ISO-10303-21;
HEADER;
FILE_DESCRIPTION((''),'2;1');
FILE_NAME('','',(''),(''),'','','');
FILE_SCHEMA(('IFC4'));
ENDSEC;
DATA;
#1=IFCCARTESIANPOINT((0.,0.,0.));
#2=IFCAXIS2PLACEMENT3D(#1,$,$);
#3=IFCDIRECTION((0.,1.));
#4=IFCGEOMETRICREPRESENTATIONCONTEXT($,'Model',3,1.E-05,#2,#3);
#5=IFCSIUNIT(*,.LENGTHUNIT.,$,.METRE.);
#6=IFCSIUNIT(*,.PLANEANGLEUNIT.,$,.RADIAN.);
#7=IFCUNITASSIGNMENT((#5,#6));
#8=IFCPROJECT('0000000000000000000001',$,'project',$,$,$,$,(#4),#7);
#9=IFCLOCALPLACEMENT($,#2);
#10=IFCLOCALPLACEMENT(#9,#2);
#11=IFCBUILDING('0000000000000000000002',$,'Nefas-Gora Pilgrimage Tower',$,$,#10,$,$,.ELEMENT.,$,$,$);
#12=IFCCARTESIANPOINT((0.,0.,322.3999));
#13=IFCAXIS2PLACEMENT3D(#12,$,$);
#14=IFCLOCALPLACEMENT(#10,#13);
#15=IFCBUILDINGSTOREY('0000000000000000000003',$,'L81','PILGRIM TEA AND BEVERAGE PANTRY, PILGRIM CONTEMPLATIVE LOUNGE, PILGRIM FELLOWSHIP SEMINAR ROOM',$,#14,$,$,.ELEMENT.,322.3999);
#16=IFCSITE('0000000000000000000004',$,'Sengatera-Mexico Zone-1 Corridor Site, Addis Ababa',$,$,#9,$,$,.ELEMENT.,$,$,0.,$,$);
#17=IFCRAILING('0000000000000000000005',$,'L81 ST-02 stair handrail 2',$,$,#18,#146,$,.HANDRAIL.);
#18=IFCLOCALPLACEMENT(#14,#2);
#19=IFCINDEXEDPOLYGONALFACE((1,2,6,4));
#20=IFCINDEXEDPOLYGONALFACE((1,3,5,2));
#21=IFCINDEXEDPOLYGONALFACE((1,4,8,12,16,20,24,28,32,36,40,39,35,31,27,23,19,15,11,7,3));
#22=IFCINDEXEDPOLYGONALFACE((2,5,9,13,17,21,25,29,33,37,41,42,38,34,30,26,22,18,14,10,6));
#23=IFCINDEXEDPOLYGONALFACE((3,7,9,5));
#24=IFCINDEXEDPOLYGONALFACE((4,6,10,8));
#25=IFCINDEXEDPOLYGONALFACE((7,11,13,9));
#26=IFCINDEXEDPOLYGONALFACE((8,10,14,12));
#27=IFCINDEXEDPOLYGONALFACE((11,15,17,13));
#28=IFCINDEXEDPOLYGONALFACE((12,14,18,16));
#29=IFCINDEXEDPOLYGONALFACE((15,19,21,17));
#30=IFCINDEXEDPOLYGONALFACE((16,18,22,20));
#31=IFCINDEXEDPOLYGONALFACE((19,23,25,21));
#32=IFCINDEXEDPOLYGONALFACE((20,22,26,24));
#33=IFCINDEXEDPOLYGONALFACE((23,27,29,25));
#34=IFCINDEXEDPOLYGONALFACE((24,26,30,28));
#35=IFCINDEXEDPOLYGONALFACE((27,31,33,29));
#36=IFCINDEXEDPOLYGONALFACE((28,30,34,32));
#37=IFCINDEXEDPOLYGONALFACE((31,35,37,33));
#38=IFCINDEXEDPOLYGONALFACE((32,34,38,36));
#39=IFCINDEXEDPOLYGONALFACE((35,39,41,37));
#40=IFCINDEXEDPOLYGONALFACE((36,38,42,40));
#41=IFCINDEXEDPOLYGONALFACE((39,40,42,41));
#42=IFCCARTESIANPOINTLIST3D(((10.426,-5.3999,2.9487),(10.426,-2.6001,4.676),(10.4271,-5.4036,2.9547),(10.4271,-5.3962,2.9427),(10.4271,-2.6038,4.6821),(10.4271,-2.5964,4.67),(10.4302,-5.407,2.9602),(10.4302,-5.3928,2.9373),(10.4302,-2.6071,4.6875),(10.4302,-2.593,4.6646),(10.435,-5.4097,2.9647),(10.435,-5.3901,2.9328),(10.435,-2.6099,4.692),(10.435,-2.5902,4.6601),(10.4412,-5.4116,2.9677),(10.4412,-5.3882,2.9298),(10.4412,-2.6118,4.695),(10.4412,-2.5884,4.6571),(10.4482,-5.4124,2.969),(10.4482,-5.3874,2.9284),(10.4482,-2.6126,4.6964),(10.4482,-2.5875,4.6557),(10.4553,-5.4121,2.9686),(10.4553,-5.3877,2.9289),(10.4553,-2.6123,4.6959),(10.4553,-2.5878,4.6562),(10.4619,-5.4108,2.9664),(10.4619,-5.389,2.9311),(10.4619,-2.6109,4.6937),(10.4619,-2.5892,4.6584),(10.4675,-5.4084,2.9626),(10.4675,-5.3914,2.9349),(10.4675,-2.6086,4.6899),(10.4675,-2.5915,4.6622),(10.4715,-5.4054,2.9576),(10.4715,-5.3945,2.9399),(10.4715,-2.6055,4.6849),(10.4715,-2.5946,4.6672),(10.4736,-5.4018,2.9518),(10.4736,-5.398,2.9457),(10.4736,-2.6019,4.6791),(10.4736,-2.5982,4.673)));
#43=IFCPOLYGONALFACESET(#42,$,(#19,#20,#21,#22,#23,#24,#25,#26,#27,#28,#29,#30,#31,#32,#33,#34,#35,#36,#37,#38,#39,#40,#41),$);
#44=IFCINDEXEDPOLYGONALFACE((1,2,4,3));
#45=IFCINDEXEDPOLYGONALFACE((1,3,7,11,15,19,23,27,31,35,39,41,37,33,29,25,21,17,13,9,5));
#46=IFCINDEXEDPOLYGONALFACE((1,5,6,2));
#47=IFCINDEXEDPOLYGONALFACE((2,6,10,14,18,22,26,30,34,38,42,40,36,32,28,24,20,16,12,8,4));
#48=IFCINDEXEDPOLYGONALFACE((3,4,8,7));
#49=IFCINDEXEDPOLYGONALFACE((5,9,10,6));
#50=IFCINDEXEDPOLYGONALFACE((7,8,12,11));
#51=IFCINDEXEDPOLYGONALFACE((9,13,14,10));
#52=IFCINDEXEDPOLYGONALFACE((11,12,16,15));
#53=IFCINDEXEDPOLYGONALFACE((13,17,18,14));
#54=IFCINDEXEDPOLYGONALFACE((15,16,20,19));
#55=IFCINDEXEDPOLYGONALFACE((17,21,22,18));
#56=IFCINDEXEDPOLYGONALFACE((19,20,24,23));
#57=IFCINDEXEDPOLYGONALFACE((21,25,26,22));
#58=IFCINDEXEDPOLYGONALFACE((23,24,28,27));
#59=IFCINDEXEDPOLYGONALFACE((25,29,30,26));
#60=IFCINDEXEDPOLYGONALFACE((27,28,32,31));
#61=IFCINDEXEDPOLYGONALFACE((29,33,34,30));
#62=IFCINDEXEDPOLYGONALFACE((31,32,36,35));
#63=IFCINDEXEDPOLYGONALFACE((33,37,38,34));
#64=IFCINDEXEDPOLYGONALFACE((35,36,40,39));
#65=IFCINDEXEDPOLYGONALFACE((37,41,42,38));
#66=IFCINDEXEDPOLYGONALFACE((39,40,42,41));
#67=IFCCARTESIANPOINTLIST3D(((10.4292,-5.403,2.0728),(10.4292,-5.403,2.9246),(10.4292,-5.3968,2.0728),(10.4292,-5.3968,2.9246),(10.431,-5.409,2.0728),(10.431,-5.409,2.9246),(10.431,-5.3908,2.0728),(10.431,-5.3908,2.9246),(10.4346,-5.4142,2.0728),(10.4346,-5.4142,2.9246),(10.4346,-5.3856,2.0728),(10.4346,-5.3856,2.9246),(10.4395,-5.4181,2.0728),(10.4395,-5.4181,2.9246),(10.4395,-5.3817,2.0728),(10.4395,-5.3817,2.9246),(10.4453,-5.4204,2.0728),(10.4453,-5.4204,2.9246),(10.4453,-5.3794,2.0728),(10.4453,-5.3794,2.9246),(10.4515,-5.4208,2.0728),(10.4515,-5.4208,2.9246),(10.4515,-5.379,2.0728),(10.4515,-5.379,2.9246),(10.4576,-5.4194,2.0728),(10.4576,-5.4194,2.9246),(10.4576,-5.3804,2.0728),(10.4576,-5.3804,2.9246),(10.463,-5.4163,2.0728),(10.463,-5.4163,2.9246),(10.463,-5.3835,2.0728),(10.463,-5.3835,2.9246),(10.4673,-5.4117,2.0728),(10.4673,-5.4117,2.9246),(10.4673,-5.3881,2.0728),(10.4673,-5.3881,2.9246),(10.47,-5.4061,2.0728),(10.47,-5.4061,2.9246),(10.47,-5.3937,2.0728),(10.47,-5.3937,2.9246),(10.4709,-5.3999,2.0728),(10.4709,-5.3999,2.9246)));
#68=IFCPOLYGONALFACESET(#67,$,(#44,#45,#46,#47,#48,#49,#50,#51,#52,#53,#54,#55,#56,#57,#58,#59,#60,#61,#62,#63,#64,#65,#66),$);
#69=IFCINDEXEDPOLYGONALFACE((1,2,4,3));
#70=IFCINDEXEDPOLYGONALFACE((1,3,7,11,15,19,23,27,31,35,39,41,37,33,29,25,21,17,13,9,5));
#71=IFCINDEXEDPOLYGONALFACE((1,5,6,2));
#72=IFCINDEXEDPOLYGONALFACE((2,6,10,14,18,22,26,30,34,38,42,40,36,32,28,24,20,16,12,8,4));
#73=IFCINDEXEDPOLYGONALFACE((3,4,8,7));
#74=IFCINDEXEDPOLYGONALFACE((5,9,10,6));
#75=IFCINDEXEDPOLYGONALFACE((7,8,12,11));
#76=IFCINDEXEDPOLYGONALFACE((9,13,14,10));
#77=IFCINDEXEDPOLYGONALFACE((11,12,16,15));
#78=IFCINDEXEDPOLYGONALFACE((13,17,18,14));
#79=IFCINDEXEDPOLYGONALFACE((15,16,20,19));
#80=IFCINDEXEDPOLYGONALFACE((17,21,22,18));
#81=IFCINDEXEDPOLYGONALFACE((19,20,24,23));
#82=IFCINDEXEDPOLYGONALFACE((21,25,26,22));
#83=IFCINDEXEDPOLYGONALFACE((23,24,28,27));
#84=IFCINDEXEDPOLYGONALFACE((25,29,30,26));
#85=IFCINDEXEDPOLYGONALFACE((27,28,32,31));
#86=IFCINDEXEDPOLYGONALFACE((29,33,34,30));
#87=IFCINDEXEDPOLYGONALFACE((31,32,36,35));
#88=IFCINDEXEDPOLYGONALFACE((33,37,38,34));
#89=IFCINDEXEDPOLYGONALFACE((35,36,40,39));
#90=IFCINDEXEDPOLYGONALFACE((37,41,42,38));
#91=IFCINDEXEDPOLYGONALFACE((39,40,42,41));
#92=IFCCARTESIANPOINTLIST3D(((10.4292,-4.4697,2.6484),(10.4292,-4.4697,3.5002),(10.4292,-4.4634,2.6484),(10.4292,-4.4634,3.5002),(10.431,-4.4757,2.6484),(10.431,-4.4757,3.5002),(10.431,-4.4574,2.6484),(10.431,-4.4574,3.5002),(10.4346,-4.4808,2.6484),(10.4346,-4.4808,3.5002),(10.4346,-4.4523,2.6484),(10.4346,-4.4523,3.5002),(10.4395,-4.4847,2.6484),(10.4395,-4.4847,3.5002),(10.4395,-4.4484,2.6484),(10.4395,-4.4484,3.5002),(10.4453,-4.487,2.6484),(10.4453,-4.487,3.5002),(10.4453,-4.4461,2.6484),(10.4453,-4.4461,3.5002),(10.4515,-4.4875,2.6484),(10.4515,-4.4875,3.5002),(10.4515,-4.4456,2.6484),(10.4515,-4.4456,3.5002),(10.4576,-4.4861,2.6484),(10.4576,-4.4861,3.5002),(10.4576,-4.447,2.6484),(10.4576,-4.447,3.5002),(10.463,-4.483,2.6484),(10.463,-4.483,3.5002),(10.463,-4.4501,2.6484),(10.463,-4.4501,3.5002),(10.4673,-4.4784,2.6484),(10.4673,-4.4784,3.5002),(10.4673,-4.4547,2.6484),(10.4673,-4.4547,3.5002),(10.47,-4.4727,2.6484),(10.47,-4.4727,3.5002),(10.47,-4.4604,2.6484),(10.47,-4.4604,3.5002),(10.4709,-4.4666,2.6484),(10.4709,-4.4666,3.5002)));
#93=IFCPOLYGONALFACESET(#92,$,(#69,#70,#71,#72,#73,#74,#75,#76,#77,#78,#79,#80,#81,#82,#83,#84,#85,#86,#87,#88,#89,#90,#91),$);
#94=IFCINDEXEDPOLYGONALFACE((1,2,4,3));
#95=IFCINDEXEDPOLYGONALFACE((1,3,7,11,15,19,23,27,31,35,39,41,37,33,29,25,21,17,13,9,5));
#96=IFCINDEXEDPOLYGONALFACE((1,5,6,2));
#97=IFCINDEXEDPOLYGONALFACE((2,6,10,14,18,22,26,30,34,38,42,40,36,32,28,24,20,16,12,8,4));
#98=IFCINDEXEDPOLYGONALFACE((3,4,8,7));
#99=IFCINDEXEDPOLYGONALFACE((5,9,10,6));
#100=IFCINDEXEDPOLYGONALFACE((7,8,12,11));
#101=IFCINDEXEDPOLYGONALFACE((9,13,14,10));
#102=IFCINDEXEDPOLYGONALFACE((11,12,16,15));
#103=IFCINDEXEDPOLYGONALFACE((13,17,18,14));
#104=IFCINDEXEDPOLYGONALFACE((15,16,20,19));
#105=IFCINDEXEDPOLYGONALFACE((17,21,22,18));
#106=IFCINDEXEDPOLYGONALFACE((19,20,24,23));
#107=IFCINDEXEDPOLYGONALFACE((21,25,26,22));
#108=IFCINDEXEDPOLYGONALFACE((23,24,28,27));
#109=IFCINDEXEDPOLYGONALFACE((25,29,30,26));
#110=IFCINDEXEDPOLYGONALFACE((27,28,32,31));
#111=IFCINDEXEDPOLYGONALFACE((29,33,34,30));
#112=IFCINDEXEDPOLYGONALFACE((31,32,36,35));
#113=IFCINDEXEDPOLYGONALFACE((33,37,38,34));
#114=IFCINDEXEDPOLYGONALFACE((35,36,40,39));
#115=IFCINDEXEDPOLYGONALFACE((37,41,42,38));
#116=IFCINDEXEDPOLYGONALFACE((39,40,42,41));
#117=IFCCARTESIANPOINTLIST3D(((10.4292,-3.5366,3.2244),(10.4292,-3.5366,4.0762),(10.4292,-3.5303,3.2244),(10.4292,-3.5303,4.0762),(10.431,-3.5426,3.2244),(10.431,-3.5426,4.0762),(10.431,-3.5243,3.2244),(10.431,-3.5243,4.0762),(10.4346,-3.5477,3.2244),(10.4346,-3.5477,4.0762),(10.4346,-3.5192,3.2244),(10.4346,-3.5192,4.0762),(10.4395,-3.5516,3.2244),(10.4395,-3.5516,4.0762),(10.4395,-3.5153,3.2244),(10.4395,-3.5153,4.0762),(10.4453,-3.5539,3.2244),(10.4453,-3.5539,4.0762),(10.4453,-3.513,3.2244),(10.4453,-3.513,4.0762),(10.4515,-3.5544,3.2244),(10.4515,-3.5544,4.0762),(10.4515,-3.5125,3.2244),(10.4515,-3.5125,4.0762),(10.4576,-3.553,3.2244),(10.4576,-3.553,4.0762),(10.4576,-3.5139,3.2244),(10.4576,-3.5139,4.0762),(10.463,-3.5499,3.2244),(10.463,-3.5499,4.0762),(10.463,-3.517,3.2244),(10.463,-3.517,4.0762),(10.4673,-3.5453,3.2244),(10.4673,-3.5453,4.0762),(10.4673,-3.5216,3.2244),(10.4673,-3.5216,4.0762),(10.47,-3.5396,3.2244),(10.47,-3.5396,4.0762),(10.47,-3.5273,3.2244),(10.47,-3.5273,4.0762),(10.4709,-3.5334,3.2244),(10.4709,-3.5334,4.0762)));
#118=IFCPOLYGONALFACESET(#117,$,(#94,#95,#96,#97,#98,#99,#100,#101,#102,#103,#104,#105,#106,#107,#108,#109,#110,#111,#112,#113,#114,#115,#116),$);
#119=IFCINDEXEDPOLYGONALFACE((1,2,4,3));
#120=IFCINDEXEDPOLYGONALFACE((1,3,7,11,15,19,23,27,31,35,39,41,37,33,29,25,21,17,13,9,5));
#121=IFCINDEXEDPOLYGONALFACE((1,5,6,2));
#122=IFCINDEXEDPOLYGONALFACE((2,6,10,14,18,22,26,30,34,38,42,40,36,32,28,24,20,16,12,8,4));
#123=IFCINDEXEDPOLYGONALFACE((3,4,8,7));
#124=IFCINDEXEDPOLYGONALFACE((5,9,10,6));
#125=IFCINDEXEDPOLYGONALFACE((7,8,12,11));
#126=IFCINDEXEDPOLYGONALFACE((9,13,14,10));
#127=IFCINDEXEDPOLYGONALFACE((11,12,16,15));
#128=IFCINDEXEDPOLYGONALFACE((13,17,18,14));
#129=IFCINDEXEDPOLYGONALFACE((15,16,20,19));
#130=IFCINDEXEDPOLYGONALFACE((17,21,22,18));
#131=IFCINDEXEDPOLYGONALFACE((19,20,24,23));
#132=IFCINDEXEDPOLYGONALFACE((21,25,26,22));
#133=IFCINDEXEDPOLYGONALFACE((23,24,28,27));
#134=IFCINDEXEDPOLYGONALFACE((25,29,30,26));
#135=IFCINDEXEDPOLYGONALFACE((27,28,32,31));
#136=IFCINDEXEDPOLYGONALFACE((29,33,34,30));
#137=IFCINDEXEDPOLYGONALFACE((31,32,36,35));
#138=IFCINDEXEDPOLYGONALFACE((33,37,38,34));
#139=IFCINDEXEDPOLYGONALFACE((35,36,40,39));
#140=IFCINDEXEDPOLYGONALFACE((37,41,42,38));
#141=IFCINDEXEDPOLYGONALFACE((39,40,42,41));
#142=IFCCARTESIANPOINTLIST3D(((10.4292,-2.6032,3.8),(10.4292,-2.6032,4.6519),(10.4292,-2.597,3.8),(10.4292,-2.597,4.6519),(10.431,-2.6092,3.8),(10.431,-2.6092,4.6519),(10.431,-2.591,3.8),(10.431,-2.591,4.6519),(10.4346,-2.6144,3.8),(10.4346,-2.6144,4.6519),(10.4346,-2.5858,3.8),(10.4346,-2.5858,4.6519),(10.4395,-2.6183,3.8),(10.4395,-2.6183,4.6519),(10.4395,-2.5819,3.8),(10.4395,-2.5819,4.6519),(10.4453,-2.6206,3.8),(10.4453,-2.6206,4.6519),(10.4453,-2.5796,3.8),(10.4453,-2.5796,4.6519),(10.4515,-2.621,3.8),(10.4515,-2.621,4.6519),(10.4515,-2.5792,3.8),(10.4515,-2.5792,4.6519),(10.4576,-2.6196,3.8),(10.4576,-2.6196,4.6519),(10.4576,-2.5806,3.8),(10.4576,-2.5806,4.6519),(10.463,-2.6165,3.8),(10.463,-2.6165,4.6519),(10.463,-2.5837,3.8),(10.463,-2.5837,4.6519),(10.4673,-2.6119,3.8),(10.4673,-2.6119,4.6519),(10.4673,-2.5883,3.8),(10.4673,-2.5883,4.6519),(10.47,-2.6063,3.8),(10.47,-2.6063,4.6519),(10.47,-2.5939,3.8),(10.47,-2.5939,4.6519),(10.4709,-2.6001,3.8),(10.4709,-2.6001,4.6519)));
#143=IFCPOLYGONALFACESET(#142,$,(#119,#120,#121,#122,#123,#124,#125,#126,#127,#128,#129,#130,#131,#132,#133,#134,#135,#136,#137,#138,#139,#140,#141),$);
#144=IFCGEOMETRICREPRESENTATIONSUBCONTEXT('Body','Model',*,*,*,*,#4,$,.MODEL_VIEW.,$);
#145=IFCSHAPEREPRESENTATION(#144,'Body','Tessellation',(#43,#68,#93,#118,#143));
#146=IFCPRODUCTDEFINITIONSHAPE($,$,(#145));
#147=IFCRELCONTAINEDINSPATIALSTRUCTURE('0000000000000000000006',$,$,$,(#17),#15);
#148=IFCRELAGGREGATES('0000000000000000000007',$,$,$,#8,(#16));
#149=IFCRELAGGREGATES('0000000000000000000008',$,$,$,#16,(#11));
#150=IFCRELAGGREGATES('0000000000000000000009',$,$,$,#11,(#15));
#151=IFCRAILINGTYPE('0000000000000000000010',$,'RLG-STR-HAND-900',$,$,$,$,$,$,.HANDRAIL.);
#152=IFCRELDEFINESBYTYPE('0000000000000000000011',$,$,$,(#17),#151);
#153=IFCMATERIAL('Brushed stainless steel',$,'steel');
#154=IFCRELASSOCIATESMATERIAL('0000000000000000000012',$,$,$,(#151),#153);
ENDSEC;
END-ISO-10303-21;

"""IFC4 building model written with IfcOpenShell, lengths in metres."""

from ifc_helpers import new_model, si_unit, direction, frame, origin, origin_2d, place, context, subcontext, project, spatial, circle, extrude, material, type_object, element, save


model = new_model("IFC4")

# Units and contexts
model_context = context("Model", 3, precision=1e-05, world=origin(), true_north=direction((0.0, 1.0)))
body_context = subcontext(model_context, "Body", "Model", "MODEL_VIEW")
ifc_project = project(units=[si_unit("LENGTHUNIT", "METRE"), si_unit("PLANEANGLEUNIT", "RADIAN")], contexts=[model_context])

# Site, building, storey
site_placement = place(None, origin())
site = spatial("IfcSite", under=ifc_project, at=site_placement, Name="Sengatera-Mexico Zone-1 Corridor Site, Addis Ababa", CompositionType="ELEMENT", RefElevation=0.0)
building_placement = place(site_placement, origin())
building = spatial("IfcBuilding", under=site, at=building_placement, Name="Nefas-Gora Pilgrimage Tower", CompositionType="ELEMENT")
storey_placement = place(building_placement, frame((0.0, 0.0, 322.3999)))
storey = spatial("IfcBuildingStorey", under=building, at=storey_placement, Name="L81", Description="PILGRIM TEA AND BEVERAGE PANTRY, PILGRIM CONTEMPLATIVE LOUNGE, PILGRIM FELLOWSHIP SEMINAR ROOM", CompositionType="ELEMENT", Elevation=322.3999)

# Railing
ifc_material_1 = material(Name="Brushed stainless steel", Category="steel")
railing_type = type_object("IfcRailingType", Name="RLG-STR-HAND-900", PredefinedType="HANDRAIL", material=ifc_material_1)
railing_placement = place(storey_placement, frame((10.45, -5.3999, 2.0728)))
element("IfcRailing", 1, at=railing_placement, inside=storey, type_object=railing_type, Name="L81 ST-02 stair handrail 2", PredefinedType="HANDRAIL", context=body_context, shape_type="SweptSolid", body=[
    extrude(circle(Radius=0.0239, at=origin_2d()), frame((0.0, 0.0, 0.876), z_axis=(0.0, 0.851069, 0.525054), x_axis=(-1.0, 0.0, 0.0)), (0.0, 0.0, 1.0), 3.2898),
    extrude(circle(Radius=0.021, at=origin_2d()), origin(), (0.0, 0.0, 1.0), 0.8518),
    extrude(circle(Radius=0.021, at=origin_2d()), frame((0.0, 0.9333, 0.5757)), (0.0, 0.0, 1.0), 0.8518),
    extrude(circle(Radius=0.021, at=origin_2d()), frame((0.0, 1.8665, 1.1516)), (0.0, 0.0, 1.0), 0.8518),
    extrude(circle(Radius=0.021, at=origin_2d()), frame((0.0, 2.7998, 1.7273)), (0.0, 0.0, 1.0), 0.8518),
])

save(model, "model.ifc")
